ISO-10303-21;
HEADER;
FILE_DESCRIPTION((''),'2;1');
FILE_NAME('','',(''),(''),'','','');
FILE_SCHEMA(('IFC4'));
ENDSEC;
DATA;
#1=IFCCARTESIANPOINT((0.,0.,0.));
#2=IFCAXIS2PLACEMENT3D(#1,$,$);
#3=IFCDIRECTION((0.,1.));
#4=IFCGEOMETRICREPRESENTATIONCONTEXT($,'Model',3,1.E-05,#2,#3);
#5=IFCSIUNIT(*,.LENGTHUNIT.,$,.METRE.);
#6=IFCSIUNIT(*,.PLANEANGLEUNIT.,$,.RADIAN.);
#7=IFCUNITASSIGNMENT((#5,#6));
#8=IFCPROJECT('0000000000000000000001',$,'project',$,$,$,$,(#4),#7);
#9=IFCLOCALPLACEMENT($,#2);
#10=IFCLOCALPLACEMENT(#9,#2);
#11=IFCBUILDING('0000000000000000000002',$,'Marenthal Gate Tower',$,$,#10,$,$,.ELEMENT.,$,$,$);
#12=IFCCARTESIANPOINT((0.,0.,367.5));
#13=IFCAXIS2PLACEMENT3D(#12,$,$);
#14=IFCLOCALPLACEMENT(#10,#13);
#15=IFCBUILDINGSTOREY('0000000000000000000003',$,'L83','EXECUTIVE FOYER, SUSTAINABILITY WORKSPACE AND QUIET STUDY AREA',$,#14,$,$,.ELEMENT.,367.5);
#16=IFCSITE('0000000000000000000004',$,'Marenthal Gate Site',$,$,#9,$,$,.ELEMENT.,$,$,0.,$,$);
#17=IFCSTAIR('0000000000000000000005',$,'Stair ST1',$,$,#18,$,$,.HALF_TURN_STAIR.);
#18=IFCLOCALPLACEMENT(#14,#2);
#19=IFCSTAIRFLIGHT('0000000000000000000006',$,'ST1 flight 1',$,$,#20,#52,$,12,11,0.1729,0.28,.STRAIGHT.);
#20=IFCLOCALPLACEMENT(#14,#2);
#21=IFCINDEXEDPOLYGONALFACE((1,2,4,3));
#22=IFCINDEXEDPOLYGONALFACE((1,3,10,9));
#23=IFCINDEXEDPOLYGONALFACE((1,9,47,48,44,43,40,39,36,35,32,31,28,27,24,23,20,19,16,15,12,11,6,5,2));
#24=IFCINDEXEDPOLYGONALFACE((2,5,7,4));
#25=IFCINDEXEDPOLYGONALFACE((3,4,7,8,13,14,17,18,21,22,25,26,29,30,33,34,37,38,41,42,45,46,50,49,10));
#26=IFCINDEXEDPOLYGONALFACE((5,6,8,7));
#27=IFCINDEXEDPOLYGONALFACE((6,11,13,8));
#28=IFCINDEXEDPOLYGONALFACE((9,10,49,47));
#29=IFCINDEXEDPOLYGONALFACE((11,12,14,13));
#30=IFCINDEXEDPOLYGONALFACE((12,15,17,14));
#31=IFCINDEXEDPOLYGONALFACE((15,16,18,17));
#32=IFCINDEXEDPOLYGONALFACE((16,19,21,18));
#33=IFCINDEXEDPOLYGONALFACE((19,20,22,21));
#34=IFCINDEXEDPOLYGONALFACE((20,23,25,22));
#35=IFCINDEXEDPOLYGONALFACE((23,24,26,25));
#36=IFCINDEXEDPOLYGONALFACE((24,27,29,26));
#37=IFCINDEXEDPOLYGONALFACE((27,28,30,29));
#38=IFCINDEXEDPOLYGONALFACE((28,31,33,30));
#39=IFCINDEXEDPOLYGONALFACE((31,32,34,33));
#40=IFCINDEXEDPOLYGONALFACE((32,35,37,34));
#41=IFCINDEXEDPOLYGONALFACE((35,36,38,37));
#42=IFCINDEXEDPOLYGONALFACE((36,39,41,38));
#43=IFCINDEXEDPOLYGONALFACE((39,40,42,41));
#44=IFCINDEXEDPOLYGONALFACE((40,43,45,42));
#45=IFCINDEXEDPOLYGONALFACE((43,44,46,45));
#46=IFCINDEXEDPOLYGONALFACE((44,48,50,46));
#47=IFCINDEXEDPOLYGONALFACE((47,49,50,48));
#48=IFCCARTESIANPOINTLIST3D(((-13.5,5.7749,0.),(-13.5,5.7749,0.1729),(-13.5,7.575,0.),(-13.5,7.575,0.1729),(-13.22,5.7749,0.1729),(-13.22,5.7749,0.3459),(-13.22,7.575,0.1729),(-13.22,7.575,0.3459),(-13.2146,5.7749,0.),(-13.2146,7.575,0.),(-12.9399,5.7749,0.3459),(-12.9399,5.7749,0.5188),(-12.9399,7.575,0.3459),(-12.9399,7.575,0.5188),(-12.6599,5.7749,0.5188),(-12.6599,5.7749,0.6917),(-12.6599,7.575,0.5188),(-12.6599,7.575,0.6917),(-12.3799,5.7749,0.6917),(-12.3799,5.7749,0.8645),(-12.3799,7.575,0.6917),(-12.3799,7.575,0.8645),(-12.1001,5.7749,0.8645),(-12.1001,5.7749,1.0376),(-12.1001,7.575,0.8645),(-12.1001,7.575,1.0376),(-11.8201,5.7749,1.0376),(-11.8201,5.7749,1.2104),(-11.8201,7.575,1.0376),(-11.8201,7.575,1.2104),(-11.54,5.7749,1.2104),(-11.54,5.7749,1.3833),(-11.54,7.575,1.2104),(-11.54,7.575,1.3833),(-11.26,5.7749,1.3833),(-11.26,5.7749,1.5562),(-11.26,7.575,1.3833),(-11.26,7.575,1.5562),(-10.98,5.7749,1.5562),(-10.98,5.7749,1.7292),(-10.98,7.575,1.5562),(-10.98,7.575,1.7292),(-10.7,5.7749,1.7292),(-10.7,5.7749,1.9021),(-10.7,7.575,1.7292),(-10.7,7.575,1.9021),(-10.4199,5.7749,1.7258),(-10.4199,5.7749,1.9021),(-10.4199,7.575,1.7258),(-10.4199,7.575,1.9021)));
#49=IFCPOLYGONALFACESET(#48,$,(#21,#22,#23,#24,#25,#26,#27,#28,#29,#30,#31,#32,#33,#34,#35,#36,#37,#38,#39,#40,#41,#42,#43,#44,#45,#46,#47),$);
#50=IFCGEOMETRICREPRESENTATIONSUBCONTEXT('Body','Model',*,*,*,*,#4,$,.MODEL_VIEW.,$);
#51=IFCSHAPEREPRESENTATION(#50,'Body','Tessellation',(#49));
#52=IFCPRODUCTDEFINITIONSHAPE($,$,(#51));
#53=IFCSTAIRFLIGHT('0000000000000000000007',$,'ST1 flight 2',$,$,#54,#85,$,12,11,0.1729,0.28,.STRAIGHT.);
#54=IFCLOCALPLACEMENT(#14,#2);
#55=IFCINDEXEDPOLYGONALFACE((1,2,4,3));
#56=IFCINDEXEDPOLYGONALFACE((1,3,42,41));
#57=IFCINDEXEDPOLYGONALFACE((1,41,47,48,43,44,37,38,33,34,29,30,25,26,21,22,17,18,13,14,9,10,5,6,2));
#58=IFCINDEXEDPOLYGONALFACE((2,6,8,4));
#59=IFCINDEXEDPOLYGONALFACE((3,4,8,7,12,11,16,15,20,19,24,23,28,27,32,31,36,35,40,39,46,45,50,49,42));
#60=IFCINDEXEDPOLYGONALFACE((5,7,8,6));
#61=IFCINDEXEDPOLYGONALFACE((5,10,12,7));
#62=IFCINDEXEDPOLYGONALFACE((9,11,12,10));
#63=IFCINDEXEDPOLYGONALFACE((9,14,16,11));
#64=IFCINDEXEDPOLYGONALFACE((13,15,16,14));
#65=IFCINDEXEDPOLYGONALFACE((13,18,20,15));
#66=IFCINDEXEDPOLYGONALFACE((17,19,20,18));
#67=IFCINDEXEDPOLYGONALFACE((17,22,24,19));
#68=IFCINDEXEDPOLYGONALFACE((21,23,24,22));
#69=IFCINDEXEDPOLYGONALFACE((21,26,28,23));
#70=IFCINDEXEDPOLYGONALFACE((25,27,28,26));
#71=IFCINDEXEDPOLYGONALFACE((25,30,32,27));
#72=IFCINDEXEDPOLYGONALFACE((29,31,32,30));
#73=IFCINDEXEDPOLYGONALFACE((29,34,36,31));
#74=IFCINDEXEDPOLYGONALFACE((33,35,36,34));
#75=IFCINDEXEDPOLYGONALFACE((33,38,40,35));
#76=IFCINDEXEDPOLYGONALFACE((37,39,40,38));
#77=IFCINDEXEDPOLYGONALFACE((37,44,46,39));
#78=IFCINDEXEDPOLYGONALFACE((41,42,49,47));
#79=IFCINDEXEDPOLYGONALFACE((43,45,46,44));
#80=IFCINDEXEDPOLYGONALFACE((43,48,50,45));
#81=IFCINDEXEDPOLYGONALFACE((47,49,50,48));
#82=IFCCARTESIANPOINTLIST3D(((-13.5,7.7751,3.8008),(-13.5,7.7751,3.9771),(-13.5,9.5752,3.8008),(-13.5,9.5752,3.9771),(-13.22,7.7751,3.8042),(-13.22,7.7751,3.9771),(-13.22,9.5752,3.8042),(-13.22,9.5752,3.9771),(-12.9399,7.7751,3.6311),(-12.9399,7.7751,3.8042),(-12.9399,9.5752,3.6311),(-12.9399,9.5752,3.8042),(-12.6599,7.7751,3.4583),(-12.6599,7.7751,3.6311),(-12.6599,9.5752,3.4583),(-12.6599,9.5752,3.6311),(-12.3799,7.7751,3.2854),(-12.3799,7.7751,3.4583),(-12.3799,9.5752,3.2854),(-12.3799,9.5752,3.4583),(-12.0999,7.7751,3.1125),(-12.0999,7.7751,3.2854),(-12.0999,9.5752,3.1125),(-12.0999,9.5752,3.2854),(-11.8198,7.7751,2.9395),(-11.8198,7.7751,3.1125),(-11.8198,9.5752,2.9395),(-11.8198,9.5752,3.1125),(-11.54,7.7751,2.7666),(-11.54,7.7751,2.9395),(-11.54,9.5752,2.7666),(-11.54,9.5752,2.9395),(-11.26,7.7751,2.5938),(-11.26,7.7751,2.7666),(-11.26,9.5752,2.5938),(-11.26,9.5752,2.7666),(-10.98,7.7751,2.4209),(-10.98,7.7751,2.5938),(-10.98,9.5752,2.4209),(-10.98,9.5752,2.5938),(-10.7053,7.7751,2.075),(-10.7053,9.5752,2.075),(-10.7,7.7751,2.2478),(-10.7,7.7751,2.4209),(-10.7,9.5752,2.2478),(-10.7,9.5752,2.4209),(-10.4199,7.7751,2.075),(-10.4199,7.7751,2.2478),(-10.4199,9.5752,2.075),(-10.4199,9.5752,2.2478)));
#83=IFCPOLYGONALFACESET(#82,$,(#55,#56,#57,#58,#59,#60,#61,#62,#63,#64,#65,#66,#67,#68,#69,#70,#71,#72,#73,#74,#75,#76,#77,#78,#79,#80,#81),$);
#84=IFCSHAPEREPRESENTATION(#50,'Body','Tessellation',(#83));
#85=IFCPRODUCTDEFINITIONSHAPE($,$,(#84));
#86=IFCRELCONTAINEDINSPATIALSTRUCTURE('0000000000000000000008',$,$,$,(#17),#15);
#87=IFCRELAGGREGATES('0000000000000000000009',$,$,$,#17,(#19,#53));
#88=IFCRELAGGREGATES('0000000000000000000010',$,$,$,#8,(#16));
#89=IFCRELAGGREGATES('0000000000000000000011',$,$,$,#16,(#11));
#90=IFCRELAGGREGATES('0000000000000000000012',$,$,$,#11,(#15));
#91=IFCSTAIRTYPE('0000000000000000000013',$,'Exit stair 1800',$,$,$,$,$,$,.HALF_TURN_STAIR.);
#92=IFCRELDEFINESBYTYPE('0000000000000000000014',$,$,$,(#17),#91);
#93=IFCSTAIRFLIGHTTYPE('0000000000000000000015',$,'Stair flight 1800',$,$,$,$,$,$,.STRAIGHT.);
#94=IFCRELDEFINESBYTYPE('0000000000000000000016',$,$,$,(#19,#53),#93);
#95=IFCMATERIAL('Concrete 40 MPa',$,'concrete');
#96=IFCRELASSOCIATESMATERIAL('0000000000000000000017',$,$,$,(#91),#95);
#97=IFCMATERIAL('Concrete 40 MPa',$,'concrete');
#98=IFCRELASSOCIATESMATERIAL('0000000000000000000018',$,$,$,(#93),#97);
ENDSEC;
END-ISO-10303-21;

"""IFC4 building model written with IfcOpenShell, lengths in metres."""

from ifc_helpers import new_model, si_unit, direction, frame, origin, place, context, subcontext, project, spatial, polyline, outline, extrude, material, type_object, element, aggregate, save


model = new_model("IFC4")

# Units and contexts
model_context = context("Model", 3, precision=1e-05, world=origin(), true_north=direction((0.0, 1.0)))
body_context = subcontext(model_context, "Body", "Model", "MODEL_VIEW")
ifc_project = project(units=[si_unit("LENGTHUNIT", "METRE"), si_unit("PLANEANGLEUNIT", "RADIAN")], contexts=[model_context])

# Site, building, storey
site_placement = place(None, origin())
site = spatial("IfcSite", under=ifc_project, at=site_placement, Name="Marenthal Gate Site", CompositionType="ELEMENT", RefElevation=0.0)
building_placement = place(site_placement, origin())
building = spatial("IfcBuilding", under=site, at=building_placement, Name="Marenthal Gate Tower", CompositionType="ELEMENT")
storey_placement = place(building_placement, frame((0.0, 0.0, 367.5)))
storey = spatial("IfcBuildingStorey", under=building, at=storey_placement, Name="L83", Description="EXECUTIVE FOYER, SUSTAINABILITY WORKSPACE AND QUIET STUDY AREA", CompositionType="ELEMENT", Elevation=367.5)

# Stair, stair flights
ifc_material_1 = material(Name="Concrete 40 MPa", Category="concrete")
stair_type = type_object("IfcStairType", Name="Exit stair 1800", PredefinedType="HALF_TURN_STAIR", material=ifc_material_1)
stair_placement = place(storey_placement, origin())
stair = element("IfcStair", 1, at=stair_placement, inside=storey, type_object=stair_type, Name="Stair ST1", PredefinedType="HALF_TURN_STAIR")
ifc_material_2 = material(Name="Concrete 40 MPa", Category="concrete")
stair_flight_type = type_object("IfcStairFlightType", Name="Stair flight 1800", PredefinedType="STRAIGHT", material=ifc_material_2)
stair_flight_1_placement = place(storey_placement, frame((-13.5, 6.675, 0.0), z_axis=(0.0, 0.0, 1.0), x_axis=(1.0, 0.0, 0.0)))
stair_flight_1 = element("IfcStairFlight", 2, at=stair_flight_1_placement, type_object=stair_flight_type, Name="ST1 flight 1", NumberOfRisers=12, NumberOfTreads=11, PredefinedType="STRAIGHT", RiserHeight=0.1729, TreadLength=0.28, context=body_context, shape_type="SweptSolid", body=[
    extrude(outline(polyline([(0.0, 0.0), (0.0, 0.1729), (0.28, 0.1729), (0.28, 0.3459), (0.5601, 0.3459), (0.5601, 0.5188), (0.8401, 0.5188), (0.8401, 0.6917), (1.1201, 0.6917), (1.1201, 0.8645), (1.3999, 0.8645), (1.3999, 1.0376), (1.6799, 1.0376), (1.6799, 1.2104), (1.96, 1.2104), (1.96, 1.3833), (2.24, 1.3833), (2.24, 1.5562), (2.52, 1.5562), (2.52, 1.7292), (2.8, 1.7292), (2.8, 1.9021), (3.0801, 1.9021), (3.0801, 2.075), (3.0801, 1.7258), (0.2854, 0.0), (0.0, 0.0)])), frame((0.0, 0.8999, 0.0), z_axis=(0.0, -1.0, 0.0), x_axis=(1.0, 0.0, 0.0)), (0.0, 0.0, 1.0), 1.8),
])
stair_flight_2_placement = place(storey_placement, frame((-10.4199, 8.675, 2.075), z_axis=(0.0, 0.0, 1.0), x_axis=(-1.0, 0.0, 0.0)))
stair_flight_2 = element("IfcStairFlight", 3, at=stair_flight_2_placement, type_object=stair_flight_type, Name="ST1 flight 2", NumberOfRisers=12, NumberOfTreads=11, PredefinedType="STRAIGHT", RiserHeight=0.1729, TreadLength=0.28, context=body_context, shape_type="SweptSolid", body=[
    extrude(outline(polyline([(0.0, 0.0), (0.0, 0.1729), (0.28, 0.1729), (0.28, 0.3459), (0.5601, 0.3459), (0.5601, 0.5188), (0.8401, 0.5188), (0.8401, 0.6917), (1.1201, 0.6917), (1.1201, 0.8645), (1.3999, 0.8645), (1.3999, 1.0376), (1.6799, 1.0376), (1.6799, 1.2104), (1.96, 1.2104), (1.96, 1.3833), (2.24, 1.3833), (2.24, 1.5562), (2.52, 1.5562), (2.52, 1.7292), (2.8, 1.7292), (2.8, 1.9021), (3.0801, 1.9021), (3.0801, 2.075), (3.0801, 1.7258), (0.2854, 0.0), (0.0, 0.0)])), frame((0.0, 0.8999, 0.0), z_axis=(0.0, -1.0, 0.0), x_axis=(1.0, 0.0, 0.0)), (0.0, 0.0, 1.0), 1.8),
])
aggregate(stair, [stair_flight_1, stair_flight_2])

save(model, "model.ifc")
